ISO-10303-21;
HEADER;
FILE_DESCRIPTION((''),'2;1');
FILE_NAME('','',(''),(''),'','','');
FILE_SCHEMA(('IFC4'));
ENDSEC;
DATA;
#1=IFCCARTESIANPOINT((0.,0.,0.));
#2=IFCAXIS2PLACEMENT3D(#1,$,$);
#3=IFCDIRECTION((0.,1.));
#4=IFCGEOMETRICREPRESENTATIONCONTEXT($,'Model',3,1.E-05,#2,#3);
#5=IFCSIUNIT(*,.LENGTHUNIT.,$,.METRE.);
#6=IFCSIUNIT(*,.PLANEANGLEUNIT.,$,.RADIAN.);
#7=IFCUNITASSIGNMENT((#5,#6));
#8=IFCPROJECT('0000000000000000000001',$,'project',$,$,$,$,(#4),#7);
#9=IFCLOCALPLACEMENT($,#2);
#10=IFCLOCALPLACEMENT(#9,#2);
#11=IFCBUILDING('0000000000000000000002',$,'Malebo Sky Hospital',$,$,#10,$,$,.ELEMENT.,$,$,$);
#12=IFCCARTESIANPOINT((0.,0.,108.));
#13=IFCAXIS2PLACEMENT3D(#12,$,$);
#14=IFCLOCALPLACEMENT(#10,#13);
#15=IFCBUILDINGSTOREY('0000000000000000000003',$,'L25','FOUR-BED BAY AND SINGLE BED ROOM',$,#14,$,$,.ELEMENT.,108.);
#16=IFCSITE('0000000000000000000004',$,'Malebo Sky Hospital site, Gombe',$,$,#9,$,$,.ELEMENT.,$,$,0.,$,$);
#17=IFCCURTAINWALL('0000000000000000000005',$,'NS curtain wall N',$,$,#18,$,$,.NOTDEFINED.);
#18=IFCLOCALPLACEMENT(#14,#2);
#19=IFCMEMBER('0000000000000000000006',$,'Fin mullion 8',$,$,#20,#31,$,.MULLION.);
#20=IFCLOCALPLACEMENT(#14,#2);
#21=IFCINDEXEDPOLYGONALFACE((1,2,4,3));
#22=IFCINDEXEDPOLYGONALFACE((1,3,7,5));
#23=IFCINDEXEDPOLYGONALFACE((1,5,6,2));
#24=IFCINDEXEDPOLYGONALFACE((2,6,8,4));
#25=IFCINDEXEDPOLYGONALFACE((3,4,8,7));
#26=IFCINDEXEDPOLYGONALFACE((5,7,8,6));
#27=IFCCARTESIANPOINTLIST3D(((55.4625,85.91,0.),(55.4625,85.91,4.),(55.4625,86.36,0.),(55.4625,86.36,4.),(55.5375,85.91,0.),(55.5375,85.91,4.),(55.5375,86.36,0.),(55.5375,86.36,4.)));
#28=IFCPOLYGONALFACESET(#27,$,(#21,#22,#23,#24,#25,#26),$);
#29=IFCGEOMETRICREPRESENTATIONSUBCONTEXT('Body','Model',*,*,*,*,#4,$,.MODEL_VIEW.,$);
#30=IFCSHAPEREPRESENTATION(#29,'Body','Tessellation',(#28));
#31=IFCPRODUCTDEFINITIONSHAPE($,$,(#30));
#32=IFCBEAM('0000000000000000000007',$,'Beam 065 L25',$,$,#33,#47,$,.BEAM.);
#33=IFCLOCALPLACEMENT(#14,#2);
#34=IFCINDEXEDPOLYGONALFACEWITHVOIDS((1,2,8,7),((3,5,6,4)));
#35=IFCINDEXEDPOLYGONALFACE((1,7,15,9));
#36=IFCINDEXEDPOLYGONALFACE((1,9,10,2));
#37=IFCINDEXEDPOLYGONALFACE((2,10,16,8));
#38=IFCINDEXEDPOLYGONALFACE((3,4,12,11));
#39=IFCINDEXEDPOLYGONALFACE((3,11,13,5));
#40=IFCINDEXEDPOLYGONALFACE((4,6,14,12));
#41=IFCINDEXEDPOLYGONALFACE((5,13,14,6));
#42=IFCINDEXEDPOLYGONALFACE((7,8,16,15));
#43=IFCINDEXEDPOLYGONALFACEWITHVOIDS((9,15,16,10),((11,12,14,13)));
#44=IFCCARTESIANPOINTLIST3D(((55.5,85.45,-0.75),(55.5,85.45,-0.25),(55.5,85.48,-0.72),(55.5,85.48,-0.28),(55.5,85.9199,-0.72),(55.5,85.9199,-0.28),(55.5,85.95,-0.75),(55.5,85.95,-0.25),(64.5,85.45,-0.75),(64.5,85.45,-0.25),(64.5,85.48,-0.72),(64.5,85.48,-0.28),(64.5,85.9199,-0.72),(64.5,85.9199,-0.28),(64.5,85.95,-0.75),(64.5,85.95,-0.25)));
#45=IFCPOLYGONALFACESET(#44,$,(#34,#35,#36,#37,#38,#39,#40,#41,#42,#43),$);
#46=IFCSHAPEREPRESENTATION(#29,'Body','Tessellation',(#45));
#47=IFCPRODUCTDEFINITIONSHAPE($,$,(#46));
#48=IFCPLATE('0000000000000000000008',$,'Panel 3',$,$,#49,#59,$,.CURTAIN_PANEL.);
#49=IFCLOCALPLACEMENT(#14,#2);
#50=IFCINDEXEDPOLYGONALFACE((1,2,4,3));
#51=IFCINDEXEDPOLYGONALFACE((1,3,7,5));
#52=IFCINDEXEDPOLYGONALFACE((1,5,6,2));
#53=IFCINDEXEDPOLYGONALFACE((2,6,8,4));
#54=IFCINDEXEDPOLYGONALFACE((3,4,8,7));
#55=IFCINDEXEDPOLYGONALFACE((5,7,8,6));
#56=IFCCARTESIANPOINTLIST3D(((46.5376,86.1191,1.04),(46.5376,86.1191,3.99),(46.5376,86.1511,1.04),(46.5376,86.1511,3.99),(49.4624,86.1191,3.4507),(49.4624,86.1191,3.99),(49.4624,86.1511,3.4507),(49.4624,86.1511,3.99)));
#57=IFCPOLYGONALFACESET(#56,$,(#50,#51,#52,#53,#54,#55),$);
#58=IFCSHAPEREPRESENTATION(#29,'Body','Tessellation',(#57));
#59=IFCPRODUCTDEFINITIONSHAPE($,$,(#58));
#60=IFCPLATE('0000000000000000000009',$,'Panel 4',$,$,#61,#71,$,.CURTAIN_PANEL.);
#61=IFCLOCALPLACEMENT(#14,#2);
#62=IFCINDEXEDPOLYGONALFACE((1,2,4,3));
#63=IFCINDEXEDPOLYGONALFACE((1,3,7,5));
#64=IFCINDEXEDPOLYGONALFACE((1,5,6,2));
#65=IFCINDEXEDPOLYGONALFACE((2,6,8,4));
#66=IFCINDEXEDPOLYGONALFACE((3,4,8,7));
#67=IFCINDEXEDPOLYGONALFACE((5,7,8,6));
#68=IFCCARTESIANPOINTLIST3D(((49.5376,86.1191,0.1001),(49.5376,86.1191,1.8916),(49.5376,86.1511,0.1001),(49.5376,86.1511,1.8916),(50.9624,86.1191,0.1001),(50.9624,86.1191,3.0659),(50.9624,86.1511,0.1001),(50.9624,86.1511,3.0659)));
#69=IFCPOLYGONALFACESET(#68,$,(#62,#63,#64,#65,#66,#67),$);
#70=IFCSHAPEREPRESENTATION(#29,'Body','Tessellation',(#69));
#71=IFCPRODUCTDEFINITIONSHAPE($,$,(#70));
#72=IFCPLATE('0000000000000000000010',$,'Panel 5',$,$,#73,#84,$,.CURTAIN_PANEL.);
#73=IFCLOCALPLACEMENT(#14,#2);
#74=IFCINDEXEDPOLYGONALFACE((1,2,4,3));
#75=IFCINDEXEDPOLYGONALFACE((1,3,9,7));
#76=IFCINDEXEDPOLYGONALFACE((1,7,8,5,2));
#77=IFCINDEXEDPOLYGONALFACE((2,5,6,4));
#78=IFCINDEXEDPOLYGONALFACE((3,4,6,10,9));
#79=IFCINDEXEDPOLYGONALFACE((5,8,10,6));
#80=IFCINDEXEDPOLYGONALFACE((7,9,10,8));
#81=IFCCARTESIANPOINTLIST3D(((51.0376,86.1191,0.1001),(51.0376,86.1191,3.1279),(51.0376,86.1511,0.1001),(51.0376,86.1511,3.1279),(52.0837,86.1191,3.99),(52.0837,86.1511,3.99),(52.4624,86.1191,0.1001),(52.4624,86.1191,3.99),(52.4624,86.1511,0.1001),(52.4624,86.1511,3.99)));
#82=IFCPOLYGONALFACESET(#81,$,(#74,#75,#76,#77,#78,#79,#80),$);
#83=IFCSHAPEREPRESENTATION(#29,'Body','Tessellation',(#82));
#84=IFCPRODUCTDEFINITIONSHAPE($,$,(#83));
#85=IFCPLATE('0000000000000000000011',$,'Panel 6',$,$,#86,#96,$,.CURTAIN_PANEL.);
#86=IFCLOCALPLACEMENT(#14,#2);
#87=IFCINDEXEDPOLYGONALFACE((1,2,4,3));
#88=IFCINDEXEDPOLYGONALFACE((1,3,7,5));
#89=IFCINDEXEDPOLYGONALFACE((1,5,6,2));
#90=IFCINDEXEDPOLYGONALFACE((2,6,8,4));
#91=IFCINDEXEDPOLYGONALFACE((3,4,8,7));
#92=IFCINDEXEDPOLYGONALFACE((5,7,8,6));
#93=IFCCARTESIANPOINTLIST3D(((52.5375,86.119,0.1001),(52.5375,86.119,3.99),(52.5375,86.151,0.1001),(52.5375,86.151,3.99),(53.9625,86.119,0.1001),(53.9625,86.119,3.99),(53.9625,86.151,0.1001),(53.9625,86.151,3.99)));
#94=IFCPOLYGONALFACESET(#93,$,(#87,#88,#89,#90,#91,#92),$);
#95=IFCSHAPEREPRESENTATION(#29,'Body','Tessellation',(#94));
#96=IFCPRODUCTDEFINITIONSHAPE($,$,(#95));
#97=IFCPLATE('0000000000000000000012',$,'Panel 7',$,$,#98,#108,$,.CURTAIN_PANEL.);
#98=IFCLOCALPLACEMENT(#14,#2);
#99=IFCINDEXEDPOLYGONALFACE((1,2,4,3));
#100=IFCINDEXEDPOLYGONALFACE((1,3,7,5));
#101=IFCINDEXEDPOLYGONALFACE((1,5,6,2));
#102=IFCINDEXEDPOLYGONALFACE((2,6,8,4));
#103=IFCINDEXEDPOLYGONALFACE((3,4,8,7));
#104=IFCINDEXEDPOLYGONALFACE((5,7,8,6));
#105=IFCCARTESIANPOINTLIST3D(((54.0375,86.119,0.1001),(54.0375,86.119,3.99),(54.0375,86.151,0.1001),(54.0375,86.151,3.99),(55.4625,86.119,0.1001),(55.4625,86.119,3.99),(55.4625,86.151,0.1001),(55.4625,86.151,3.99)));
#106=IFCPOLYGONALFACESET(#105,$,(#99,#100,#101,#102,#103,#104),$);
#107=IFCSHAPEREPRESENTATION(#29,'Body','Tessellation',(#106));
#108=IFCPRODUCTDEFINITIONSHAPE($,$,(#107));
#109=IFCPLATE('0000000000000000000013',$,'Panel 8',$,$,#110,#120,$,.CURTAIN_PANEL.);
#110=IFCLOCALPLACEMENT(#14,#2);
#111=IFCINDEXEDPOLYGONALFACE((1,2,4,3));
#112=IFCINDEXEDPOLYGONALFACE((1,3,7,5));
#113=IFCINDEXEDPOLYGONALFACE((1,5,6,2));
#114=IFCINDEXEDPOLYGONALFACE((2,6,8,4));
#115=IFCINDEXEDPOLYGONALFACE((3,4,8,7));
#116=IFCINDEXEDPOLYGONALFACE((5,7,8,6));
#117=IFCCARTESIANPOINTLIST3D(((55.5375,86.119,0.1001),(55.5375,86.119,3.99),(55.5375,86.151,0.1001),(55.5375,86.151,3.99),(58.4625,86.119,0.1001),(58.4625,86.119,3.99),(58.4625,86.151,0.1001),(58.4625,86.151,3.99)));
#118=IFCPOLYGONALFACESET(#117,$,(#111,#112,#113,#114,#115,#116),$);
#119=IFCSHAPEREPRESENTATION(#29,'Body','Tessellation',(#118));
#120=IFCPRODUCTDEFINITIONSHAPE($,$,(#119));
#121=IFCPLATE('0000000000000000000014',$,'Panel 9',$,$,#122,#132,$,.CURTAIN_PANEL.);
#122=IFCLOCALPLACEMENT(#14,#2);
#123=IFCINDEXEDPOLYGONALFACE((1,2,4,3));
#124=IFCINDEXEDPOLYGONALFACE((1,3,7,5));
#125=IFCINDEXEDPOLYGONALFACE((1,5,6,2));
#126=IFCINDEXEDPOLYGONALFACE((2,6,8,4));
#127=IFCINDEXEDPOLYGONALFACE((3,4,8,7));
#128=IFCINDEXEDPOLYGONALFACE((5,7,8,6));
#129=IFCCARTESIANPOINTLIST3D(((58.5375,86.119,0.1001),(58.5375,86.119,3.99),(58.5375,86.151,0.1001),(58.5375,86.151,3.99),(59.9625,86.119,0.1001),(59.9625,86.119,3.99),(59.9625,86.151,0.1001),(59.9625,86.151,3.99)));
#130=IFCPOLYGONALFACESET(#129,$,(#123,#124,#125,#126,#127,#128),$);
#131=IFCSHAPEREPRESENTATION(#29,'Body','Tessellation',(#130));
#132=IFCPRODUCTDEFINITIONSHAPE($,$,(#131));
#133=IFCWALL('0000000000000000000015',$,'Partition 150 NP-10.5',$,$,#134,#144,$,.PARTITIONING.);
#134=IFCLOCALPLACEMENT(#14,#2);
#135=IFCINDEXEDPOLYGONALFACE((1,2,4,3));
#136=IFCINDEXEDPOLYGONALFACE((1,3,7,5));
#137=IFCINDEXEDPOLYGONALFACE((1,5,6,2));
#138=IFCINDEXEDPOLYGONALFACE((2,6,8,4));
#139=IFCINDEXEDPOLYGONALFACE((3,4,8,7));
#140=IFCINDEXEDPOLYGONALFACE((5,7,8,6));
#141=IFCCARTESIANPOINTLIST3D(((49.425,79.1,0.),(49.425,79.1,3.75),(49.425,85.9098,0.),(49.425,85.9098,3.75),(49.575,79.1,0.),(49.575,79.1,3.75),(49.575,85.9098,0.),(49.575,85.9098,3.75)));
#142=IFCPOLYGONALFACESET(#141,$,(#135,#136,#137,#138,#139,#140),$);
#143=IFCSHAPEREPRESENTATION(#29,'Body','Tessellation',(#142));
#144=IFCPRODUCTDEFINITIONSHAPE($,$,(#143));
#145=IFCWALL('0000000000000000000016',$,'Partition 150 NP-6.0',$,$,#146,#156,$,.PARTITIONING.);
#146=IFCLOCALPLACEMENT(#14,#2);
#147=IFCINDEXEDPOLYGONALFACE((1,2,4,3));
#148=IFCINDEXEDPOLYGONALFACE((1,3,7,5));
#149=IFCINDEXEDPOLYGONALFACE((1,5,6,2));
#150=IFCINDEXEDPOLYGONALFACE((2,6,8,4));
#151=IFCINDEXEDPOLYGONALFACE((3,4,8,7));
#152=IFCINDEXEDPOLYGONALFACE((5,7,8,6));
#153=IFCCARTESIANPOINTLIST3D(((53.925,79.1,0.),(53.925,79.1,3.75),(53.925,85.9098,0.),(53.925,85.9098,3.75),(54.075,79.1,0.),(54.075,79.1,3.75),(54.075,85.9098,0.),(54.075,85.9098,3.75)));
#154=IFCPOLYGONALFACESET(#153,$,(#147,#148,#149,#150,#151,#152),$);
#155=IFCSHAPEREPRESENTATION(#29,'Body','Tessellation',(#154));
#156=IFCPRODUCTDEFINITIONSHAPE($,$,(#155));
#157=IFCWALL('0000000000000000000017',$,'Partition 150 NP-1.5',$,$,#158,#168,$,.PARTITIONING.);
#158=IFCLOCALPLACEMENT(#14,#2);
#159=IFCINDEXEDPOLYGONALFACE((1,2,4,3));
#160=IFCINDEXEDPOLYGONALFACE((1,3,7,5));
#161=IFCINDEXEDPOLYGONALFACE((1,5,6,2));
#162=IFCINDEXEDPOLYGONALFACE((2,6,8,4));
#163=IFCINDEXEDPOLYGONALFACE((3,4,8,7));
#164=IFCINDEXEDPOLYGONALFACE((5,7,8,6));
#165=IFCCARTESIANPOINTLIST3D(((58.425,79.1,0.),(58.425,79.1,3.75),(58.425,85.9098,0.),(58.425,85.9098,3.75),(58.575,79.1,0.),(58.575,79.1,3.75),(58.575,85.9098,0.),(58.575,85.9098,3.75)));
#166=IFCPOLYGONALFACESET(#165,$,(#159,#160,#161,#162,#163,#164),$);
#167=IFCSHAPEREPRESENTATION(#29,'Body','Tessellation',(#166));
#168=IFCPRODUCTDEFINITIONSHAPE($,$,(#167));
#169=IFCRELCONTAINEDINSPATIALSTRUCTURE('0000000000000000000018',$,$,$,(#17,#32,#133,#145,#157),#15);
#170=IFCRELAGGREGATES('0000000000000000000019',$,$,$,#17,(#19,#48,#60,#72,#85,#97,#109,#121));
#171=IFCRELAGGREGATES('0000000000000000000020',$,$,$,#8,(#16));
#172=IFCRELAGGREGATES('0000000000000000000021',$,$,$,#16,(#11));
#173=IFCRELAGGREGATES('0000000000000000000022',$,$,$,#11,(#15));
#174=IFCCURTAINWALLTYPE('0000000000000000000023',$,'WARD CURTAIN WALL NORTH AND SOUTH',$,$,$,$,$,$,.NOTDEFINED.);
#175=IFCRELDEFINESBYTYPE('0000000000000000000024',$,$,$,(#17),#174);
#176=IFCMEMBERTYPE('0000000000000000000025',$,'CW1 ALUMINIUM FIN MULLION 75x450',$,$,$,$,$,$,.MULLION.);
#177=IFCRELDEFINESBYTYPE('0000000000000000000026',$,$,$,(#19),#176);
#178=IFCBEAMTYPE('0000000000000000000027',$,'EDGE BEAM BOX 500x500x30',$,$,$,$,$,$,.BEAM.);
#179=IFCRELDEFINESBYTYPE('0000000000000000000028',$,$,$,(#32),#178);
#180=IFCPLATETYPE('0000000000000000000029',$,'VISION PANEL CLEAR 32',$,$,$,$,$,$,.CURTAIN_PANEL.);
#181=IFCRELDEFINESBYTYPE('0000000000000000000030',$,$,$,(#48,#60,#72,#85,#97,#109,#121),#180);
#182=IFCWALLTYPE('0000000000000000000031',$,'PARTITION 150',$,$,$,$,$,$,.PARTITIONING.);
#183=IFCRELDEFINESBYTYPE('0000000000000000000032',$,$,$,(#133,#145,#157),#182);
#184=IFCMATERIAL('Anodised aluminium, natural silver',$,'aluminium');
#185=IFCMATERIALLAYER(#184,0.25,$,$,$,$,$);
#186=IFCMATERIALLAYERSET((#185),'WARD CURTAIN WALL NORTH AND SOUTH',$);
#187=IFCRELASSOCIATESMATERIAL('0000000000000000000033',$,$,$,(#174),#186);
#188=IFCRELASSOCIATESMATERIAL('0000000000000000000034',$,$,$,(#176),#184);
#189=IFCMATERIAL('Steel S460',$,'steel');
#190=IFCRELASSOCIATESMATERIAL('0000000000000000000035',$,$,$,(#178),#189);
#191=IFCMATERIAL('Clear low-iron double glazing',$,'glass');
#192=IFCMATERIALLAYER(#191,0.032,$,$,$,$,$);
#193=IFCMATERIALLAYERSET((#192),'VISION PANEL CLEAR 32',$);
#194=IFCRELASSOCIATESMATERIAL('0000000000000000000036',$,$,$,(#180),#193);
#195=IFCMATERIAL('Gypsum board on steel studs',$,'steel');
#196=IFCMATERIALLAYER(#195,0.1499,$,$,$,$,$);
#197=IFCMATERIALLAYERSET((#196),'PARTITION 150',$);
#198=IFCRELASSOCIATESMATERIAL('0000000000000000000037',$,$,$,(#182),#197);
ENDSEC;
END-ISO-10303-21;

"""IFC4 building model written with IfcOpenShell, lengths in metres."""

from ifc_helpers import new_model, si_unit, direction, frame, frame_2d, origin, origin_2d, place, context, subcontext, project, spatial, polyline, rectangle, hollow_rectangle, outline, extrude, material, layer, layer_set, material_profile, profile_set, type_object, element, aggregate, save


model = new_model("IFC4")

# Units and contexts
model_context = context("Model", 3, precision=1e-05, world=origin(), true_north=direction((0.0, 1.0)))
body_context = subcontext(model_context, "Body", "Model", "MODEL_VIEW")
ifc_project = project(units=[si_unit("LENGTHUNIT", "METRE"), si_unit("PLANEANGLEUNIT", "RADIAN")], contexts=[model_context])

# Site, building, storey
site_placement = place(None, origin())
site = spatial("IfcSite", under=ifc_project, at=site_placement, Name="Malebo Sky Hospital site, Gombe", CompositionType="ELEMENT", RefElevation=0.0)
building_placement = place(site_placement, origin())
building = spatial("IfcBuilding", under=site, at=building_placement, Name="Malebo Sky Hospital", CompositionType="ELEMENT")
storey_placement = place(building_placement, frame((0.0, 0.0, 108.0)))
storey = spatial("IfcBuildingStorey", under=building, at=storey_placement, Name="L25", Description="FOUR-BED BAY AND SINGLE BED ROOM", CompositionType="ELEMENT", Elevation=108.0)

# Shared definitions
ifc_material_1 = material(Name="Steel S460", Category="steel")

# Curtain wall, member
ifc_material_2 = material(Name="Anodised aluminium, natural silver", Category="aluminium")
ifc_layer_1 = layer(ifc_material_2, 0.25)
ifc_layer_set_1 = layer_set([ifc_layer_1], Name="WARD CURTAIN WALL NORTH AND SOUTH")
curtain_wall_type = type_object("IfcCurtainWallType", Name="WARD CURTAIN WALL NORTH AND SOUTH", PredefinedType="NOTDEFINED", material=ifc_layer_set_1)
curtain_wall_placement = place(storey_placement, origin())
curtain_wall = element("IfcCurtainWall", 1, at=curtain_wall_placement, inside=storey, type_object=curtain_wall_type, Name="NS curtain wall N", PredefinedType="NOTDEFINED")
ifc_material_profile_1 = material_profile(ifc_material_2, rectangle(XDim=0.075, YDim=0.45, at=origin_2d()), Name="CW1 ALUMINIUM FIN MULLION 75x450")
ifc_profile_set_1 = profile_set([ifc_material_profile_1], Name="Anodised aluminium, natural silver")
member_type_1 = type_object("IfcMemberType", Name="CW1 ALUMINIUM FIN MULLION 75x450", PredefinedType="MULLION", material=ifc_profile_set_1)
member_1_placement = place(storey_placement, frame((55.5, 86.135, 0.0), z_axis=(0.0, 0.0, 1.0), x_axis=(1.0, 0.0, 0.0)))
member_1 = element("IfcMember", 2, at=member_1_placement, type_object=member_type_1, Name="Fin mullion 8", PredefinedType="MULLION", context=body_context, shape_type="SweptSolid", body=[
    extrude(rectangle(XDim=0.075, YDim=0.45, at=origin_2d()), origin(), (0.0, 0.0, 1.0), 4.0),
])

# Beam
ifc_material_profile_2 = material_profile(ifc_material_1, hollow_rectangle(XDim=0.5, YDim=0.5, WallThickness=0.03, at=origin_2d()), Name="BOX 500x500x30")
ifc_profile_set_2 = profile_set([ifc_material_profile_2], Name="Steel S460")
beam_type = type_object("IfcBeamType", Name="EDGE BEAM BOX 500x500x30", PredefinedType="BEAM", material=ifc_profile_set_2)
beam_placement = place(storey_placement, frame((55.5, 85.7, -0.5), z_axis=(1.0, 0.0, 0.0), x_axis=(0.0, 1.0, 0.0)))
element("IfcBeam", 3, at=beam_placement, inside=storey, type_object=beam_type, Name="Beam 065 L25", PredefinedType="BEAM", context=body_context, shape_type="SweptSolid", body=[
    extrude(hollow_rectangle(XDim=0.5, YDim=0.5, WallThickness=0.03, at=origin_2d()), origin(), (0.0, 0.0, 1.0), 9.0),
])

# Plates
ifc_material_3 = material(Name="Clear low-iron double glazing", Category="glass")
ifc_layer_2 = layer(ifc_material_3, 0.032)
ifc_layer_set_2 = layer_set([ifc_layer_2], Name="VISION PANEL CLEAR 32")
plate_type = type_object("IfcPlateType", Name="VISION PANEL CLEAR 32", PredefinedType="CURTAIN_PANEL", material=ifc_layer_set_2)
plate_1_placement = place(storey_placement, frame((48.0, 86.135, 1.04), z_axis=(0.0, 0.0, 1.0), x_axis=(1.0, 0.0, 0.0)))
plate_1 = element("IfcPlate", 4, at=plate_1_placement, type_object=plate_type, Name="Panel 3", PredefinedType="CURTAIN_PANEL", context=body_context, shape_type="SweptSolid", body=[
    extrude(outline(polyline([(-1.4624, 0.0), (1.4624, 2.4106), (1.4624, 2.95), (-1.4624, 2.95), (-1.4624, 0.0)])), frame((0.0, 0.0161, 0.0), z_axis=(0.0, -1.0, 0.0), x_axis=(1.0, 0.0, 0.0)), (0.0, 0.0, 1.0), 0.032),
])
plate_2_placement = place(storey_placement, frame((50.25, 86.135, 0.1001), z_axis=(0.0, 0.0, 1.0), x_axis=(1.0, 0.0, 0.0)))
plate_2 = element("IfcPlate", 5, at=plate_2_placement, type_object=plate_type, Name="Panel 4", PredefinedType="CURTAIN_PANEL", context=body_context, shape_type="SweptSolid", body=[
    extrude(outline(polyline([(-0.7124, 0.0), (0.7124, 0.0), (0.7124, 2.9658), (-0.7124, 1.7915), (-0.7124, 0.0)])), frame((0.0, 0.0161, 0.0), z_axis=(0.0, -1.0, 0.0), x_axis=(1.0, 0.0, 0.0)), (0.0, 0.0, 1.0), 0.032),
])
plate_3_placement = place(storey_placement, frame((51.75, 86.135, 0.1001), z_axis=(0.0, 0.0, 1.0), x_axis=(1.0, 0.0, 0.0)))
plate_3 = element("IfcPlate", 6, at=plate_3_placement, type_object=plate_type, Name="Panel 5", PredefinedType="CURTAIN_PANEL", context=body_context, shape_type="SweptSolid", body=[
    extrude(outline(polyline([(-0.7124, 0.0), (0.7124, 0.0), (0.7124, 3.8899), (0.3337, 3.8899), (-0.7124, 3.0278), (-0.7124, 0.0)])), frame((0.0, 0.0161, 0.0), z_axis=(0.0, -1.0, 0.0), x_axis=(1.0, 0.0, 0.0)), (0.0, 0.0, 1.0), 0.032),
])
plate_4_placement = place(storey_placement, frame((53.25, 86.135, 0.1001), z_axis=(0.0, 0.0, 1.0), x_axis=(1.0, 0.0, 0.0)))
plate_4 = element("IfcPlate", 7, at=plate_4_placement, type_object=plate_type, Name="Panel 6", PredefinedType="CURTAIN_PANEL", context=body_context, shape_type="SweptSolid", body=[
    extrude(rectangle(XDim=1.425, YDim=0.032, at=origin_2d()), origin(), (0.0, 0.0, 1.0), 3.8899),
])
plate_5_placement = place(storey_placement, frame((54.75, 86.135, 0.1001), z_axis=(0.0, 0.0, 1.0), x_axis=(1.0, 0.0, 0.0)))
plate_5 = element("IfcPlate", 8, at=plate_5_placement, type_object=plate_type, Name="Panel 7", PredefinedType="CURTAIN_PANEL", context=body_context, shape_type="SweptSolid", body=[
    extrude(rectangle(XDim=1.425, YDim=0.032, at=origin_2d()), origin(), (0.0, 0.0, 1.0), 3.8899),
])
plate_6_placement = place(storey_placement, frame((57.0, 86.135, 0.1001), z_axis=(0.0, 0.0, 1.0), x_axis=(1.0, 0.0, 0.0)))
plate_6 = element("IfcPlate", 9, at=plate_6_placement, type_object=plate_type, Name="Panel 8", PredefinedType="CURTAIN_PANEL", context=body_context, shape_type="SweptSolid", body=[
    extrude(rectangle(XDim=2.925, YDim=0.032, at=origin_2d()), origin(), (0.0, 0.0, 1.0), 3.8899),
])
plate_7_placement = place(storey_placement, frame((59.25, 86.135, 0.1001), z_axis=(0.0, 0.0, 1.0), x_axis=(1.0, 0.0, 0.0)))
plate_7 = element("IfcPlate", 10, at=plate_7_placement, type_object=plate_type, Name="Panel 9", PredefinedType="CURTAIN_PANEL", context=body_context, shape_type="SweptSolid", body=[
    extrude(rectangle(XDim=1.425, YDim=0.032, at=origin_2d()), origin(), (0.0, 0.0, 1.0), 3.8899),
])
aggregate(curtain_wall, [member_1, plate_1, plate_2, plate_3, plate_4, plate_5, plate_6, plate_7])

# Walls
ifc_material_4 = material(Name="Gypsum board on steel studs", Category="steel")
ifc_layer_3 = layer(ifc_material_4, 0.1499)
ifc_layer_set_3 = layer_set([ifc_layer_3], Name="PARTITION 150")
wall_type = type_object("IfcWallType", Name="PARTITION 150", PredefinedType="PARTITIONING", material=ifc_layer_set_3)
for number, where, z_axis, x_axis, name in (
    (11, (49.5, 79.1001, 0.0), (0.0, 0.0, 1.0), (0.0, 1.0, 0.0), "Partition 150 NP-10.5"),
    (12, (54.0, 79.1001, 0.0), (0.0, 0.0, 1.0), (0.0, 1.0, 0.0), "Partition 150 NP-6.0"),
    (13, (58.5, 79.1001, 0.0), (0.0, 0.0, 1.0), (0.0, 1.0, 0.0), "Partition 150 NP-1.5"),
):
    element("IfcWall", number, at=place(storey_placement, frame(where, z_axis=z_axis, x_axis=x_axis)), inside=storey, type_object=wall_type, Name=name, PredefinedType="PARTITIONING", context=body_context, shape_type="SweptSolid", body=[
        extrude(rectangle(XDim=6.8098, YDim=0.1499, at=frame_2d((3.4048, 0.0))), origin(), (0.0, 0.0, 1.0), 3.75),
    ])

save(model, "model.ifc")
